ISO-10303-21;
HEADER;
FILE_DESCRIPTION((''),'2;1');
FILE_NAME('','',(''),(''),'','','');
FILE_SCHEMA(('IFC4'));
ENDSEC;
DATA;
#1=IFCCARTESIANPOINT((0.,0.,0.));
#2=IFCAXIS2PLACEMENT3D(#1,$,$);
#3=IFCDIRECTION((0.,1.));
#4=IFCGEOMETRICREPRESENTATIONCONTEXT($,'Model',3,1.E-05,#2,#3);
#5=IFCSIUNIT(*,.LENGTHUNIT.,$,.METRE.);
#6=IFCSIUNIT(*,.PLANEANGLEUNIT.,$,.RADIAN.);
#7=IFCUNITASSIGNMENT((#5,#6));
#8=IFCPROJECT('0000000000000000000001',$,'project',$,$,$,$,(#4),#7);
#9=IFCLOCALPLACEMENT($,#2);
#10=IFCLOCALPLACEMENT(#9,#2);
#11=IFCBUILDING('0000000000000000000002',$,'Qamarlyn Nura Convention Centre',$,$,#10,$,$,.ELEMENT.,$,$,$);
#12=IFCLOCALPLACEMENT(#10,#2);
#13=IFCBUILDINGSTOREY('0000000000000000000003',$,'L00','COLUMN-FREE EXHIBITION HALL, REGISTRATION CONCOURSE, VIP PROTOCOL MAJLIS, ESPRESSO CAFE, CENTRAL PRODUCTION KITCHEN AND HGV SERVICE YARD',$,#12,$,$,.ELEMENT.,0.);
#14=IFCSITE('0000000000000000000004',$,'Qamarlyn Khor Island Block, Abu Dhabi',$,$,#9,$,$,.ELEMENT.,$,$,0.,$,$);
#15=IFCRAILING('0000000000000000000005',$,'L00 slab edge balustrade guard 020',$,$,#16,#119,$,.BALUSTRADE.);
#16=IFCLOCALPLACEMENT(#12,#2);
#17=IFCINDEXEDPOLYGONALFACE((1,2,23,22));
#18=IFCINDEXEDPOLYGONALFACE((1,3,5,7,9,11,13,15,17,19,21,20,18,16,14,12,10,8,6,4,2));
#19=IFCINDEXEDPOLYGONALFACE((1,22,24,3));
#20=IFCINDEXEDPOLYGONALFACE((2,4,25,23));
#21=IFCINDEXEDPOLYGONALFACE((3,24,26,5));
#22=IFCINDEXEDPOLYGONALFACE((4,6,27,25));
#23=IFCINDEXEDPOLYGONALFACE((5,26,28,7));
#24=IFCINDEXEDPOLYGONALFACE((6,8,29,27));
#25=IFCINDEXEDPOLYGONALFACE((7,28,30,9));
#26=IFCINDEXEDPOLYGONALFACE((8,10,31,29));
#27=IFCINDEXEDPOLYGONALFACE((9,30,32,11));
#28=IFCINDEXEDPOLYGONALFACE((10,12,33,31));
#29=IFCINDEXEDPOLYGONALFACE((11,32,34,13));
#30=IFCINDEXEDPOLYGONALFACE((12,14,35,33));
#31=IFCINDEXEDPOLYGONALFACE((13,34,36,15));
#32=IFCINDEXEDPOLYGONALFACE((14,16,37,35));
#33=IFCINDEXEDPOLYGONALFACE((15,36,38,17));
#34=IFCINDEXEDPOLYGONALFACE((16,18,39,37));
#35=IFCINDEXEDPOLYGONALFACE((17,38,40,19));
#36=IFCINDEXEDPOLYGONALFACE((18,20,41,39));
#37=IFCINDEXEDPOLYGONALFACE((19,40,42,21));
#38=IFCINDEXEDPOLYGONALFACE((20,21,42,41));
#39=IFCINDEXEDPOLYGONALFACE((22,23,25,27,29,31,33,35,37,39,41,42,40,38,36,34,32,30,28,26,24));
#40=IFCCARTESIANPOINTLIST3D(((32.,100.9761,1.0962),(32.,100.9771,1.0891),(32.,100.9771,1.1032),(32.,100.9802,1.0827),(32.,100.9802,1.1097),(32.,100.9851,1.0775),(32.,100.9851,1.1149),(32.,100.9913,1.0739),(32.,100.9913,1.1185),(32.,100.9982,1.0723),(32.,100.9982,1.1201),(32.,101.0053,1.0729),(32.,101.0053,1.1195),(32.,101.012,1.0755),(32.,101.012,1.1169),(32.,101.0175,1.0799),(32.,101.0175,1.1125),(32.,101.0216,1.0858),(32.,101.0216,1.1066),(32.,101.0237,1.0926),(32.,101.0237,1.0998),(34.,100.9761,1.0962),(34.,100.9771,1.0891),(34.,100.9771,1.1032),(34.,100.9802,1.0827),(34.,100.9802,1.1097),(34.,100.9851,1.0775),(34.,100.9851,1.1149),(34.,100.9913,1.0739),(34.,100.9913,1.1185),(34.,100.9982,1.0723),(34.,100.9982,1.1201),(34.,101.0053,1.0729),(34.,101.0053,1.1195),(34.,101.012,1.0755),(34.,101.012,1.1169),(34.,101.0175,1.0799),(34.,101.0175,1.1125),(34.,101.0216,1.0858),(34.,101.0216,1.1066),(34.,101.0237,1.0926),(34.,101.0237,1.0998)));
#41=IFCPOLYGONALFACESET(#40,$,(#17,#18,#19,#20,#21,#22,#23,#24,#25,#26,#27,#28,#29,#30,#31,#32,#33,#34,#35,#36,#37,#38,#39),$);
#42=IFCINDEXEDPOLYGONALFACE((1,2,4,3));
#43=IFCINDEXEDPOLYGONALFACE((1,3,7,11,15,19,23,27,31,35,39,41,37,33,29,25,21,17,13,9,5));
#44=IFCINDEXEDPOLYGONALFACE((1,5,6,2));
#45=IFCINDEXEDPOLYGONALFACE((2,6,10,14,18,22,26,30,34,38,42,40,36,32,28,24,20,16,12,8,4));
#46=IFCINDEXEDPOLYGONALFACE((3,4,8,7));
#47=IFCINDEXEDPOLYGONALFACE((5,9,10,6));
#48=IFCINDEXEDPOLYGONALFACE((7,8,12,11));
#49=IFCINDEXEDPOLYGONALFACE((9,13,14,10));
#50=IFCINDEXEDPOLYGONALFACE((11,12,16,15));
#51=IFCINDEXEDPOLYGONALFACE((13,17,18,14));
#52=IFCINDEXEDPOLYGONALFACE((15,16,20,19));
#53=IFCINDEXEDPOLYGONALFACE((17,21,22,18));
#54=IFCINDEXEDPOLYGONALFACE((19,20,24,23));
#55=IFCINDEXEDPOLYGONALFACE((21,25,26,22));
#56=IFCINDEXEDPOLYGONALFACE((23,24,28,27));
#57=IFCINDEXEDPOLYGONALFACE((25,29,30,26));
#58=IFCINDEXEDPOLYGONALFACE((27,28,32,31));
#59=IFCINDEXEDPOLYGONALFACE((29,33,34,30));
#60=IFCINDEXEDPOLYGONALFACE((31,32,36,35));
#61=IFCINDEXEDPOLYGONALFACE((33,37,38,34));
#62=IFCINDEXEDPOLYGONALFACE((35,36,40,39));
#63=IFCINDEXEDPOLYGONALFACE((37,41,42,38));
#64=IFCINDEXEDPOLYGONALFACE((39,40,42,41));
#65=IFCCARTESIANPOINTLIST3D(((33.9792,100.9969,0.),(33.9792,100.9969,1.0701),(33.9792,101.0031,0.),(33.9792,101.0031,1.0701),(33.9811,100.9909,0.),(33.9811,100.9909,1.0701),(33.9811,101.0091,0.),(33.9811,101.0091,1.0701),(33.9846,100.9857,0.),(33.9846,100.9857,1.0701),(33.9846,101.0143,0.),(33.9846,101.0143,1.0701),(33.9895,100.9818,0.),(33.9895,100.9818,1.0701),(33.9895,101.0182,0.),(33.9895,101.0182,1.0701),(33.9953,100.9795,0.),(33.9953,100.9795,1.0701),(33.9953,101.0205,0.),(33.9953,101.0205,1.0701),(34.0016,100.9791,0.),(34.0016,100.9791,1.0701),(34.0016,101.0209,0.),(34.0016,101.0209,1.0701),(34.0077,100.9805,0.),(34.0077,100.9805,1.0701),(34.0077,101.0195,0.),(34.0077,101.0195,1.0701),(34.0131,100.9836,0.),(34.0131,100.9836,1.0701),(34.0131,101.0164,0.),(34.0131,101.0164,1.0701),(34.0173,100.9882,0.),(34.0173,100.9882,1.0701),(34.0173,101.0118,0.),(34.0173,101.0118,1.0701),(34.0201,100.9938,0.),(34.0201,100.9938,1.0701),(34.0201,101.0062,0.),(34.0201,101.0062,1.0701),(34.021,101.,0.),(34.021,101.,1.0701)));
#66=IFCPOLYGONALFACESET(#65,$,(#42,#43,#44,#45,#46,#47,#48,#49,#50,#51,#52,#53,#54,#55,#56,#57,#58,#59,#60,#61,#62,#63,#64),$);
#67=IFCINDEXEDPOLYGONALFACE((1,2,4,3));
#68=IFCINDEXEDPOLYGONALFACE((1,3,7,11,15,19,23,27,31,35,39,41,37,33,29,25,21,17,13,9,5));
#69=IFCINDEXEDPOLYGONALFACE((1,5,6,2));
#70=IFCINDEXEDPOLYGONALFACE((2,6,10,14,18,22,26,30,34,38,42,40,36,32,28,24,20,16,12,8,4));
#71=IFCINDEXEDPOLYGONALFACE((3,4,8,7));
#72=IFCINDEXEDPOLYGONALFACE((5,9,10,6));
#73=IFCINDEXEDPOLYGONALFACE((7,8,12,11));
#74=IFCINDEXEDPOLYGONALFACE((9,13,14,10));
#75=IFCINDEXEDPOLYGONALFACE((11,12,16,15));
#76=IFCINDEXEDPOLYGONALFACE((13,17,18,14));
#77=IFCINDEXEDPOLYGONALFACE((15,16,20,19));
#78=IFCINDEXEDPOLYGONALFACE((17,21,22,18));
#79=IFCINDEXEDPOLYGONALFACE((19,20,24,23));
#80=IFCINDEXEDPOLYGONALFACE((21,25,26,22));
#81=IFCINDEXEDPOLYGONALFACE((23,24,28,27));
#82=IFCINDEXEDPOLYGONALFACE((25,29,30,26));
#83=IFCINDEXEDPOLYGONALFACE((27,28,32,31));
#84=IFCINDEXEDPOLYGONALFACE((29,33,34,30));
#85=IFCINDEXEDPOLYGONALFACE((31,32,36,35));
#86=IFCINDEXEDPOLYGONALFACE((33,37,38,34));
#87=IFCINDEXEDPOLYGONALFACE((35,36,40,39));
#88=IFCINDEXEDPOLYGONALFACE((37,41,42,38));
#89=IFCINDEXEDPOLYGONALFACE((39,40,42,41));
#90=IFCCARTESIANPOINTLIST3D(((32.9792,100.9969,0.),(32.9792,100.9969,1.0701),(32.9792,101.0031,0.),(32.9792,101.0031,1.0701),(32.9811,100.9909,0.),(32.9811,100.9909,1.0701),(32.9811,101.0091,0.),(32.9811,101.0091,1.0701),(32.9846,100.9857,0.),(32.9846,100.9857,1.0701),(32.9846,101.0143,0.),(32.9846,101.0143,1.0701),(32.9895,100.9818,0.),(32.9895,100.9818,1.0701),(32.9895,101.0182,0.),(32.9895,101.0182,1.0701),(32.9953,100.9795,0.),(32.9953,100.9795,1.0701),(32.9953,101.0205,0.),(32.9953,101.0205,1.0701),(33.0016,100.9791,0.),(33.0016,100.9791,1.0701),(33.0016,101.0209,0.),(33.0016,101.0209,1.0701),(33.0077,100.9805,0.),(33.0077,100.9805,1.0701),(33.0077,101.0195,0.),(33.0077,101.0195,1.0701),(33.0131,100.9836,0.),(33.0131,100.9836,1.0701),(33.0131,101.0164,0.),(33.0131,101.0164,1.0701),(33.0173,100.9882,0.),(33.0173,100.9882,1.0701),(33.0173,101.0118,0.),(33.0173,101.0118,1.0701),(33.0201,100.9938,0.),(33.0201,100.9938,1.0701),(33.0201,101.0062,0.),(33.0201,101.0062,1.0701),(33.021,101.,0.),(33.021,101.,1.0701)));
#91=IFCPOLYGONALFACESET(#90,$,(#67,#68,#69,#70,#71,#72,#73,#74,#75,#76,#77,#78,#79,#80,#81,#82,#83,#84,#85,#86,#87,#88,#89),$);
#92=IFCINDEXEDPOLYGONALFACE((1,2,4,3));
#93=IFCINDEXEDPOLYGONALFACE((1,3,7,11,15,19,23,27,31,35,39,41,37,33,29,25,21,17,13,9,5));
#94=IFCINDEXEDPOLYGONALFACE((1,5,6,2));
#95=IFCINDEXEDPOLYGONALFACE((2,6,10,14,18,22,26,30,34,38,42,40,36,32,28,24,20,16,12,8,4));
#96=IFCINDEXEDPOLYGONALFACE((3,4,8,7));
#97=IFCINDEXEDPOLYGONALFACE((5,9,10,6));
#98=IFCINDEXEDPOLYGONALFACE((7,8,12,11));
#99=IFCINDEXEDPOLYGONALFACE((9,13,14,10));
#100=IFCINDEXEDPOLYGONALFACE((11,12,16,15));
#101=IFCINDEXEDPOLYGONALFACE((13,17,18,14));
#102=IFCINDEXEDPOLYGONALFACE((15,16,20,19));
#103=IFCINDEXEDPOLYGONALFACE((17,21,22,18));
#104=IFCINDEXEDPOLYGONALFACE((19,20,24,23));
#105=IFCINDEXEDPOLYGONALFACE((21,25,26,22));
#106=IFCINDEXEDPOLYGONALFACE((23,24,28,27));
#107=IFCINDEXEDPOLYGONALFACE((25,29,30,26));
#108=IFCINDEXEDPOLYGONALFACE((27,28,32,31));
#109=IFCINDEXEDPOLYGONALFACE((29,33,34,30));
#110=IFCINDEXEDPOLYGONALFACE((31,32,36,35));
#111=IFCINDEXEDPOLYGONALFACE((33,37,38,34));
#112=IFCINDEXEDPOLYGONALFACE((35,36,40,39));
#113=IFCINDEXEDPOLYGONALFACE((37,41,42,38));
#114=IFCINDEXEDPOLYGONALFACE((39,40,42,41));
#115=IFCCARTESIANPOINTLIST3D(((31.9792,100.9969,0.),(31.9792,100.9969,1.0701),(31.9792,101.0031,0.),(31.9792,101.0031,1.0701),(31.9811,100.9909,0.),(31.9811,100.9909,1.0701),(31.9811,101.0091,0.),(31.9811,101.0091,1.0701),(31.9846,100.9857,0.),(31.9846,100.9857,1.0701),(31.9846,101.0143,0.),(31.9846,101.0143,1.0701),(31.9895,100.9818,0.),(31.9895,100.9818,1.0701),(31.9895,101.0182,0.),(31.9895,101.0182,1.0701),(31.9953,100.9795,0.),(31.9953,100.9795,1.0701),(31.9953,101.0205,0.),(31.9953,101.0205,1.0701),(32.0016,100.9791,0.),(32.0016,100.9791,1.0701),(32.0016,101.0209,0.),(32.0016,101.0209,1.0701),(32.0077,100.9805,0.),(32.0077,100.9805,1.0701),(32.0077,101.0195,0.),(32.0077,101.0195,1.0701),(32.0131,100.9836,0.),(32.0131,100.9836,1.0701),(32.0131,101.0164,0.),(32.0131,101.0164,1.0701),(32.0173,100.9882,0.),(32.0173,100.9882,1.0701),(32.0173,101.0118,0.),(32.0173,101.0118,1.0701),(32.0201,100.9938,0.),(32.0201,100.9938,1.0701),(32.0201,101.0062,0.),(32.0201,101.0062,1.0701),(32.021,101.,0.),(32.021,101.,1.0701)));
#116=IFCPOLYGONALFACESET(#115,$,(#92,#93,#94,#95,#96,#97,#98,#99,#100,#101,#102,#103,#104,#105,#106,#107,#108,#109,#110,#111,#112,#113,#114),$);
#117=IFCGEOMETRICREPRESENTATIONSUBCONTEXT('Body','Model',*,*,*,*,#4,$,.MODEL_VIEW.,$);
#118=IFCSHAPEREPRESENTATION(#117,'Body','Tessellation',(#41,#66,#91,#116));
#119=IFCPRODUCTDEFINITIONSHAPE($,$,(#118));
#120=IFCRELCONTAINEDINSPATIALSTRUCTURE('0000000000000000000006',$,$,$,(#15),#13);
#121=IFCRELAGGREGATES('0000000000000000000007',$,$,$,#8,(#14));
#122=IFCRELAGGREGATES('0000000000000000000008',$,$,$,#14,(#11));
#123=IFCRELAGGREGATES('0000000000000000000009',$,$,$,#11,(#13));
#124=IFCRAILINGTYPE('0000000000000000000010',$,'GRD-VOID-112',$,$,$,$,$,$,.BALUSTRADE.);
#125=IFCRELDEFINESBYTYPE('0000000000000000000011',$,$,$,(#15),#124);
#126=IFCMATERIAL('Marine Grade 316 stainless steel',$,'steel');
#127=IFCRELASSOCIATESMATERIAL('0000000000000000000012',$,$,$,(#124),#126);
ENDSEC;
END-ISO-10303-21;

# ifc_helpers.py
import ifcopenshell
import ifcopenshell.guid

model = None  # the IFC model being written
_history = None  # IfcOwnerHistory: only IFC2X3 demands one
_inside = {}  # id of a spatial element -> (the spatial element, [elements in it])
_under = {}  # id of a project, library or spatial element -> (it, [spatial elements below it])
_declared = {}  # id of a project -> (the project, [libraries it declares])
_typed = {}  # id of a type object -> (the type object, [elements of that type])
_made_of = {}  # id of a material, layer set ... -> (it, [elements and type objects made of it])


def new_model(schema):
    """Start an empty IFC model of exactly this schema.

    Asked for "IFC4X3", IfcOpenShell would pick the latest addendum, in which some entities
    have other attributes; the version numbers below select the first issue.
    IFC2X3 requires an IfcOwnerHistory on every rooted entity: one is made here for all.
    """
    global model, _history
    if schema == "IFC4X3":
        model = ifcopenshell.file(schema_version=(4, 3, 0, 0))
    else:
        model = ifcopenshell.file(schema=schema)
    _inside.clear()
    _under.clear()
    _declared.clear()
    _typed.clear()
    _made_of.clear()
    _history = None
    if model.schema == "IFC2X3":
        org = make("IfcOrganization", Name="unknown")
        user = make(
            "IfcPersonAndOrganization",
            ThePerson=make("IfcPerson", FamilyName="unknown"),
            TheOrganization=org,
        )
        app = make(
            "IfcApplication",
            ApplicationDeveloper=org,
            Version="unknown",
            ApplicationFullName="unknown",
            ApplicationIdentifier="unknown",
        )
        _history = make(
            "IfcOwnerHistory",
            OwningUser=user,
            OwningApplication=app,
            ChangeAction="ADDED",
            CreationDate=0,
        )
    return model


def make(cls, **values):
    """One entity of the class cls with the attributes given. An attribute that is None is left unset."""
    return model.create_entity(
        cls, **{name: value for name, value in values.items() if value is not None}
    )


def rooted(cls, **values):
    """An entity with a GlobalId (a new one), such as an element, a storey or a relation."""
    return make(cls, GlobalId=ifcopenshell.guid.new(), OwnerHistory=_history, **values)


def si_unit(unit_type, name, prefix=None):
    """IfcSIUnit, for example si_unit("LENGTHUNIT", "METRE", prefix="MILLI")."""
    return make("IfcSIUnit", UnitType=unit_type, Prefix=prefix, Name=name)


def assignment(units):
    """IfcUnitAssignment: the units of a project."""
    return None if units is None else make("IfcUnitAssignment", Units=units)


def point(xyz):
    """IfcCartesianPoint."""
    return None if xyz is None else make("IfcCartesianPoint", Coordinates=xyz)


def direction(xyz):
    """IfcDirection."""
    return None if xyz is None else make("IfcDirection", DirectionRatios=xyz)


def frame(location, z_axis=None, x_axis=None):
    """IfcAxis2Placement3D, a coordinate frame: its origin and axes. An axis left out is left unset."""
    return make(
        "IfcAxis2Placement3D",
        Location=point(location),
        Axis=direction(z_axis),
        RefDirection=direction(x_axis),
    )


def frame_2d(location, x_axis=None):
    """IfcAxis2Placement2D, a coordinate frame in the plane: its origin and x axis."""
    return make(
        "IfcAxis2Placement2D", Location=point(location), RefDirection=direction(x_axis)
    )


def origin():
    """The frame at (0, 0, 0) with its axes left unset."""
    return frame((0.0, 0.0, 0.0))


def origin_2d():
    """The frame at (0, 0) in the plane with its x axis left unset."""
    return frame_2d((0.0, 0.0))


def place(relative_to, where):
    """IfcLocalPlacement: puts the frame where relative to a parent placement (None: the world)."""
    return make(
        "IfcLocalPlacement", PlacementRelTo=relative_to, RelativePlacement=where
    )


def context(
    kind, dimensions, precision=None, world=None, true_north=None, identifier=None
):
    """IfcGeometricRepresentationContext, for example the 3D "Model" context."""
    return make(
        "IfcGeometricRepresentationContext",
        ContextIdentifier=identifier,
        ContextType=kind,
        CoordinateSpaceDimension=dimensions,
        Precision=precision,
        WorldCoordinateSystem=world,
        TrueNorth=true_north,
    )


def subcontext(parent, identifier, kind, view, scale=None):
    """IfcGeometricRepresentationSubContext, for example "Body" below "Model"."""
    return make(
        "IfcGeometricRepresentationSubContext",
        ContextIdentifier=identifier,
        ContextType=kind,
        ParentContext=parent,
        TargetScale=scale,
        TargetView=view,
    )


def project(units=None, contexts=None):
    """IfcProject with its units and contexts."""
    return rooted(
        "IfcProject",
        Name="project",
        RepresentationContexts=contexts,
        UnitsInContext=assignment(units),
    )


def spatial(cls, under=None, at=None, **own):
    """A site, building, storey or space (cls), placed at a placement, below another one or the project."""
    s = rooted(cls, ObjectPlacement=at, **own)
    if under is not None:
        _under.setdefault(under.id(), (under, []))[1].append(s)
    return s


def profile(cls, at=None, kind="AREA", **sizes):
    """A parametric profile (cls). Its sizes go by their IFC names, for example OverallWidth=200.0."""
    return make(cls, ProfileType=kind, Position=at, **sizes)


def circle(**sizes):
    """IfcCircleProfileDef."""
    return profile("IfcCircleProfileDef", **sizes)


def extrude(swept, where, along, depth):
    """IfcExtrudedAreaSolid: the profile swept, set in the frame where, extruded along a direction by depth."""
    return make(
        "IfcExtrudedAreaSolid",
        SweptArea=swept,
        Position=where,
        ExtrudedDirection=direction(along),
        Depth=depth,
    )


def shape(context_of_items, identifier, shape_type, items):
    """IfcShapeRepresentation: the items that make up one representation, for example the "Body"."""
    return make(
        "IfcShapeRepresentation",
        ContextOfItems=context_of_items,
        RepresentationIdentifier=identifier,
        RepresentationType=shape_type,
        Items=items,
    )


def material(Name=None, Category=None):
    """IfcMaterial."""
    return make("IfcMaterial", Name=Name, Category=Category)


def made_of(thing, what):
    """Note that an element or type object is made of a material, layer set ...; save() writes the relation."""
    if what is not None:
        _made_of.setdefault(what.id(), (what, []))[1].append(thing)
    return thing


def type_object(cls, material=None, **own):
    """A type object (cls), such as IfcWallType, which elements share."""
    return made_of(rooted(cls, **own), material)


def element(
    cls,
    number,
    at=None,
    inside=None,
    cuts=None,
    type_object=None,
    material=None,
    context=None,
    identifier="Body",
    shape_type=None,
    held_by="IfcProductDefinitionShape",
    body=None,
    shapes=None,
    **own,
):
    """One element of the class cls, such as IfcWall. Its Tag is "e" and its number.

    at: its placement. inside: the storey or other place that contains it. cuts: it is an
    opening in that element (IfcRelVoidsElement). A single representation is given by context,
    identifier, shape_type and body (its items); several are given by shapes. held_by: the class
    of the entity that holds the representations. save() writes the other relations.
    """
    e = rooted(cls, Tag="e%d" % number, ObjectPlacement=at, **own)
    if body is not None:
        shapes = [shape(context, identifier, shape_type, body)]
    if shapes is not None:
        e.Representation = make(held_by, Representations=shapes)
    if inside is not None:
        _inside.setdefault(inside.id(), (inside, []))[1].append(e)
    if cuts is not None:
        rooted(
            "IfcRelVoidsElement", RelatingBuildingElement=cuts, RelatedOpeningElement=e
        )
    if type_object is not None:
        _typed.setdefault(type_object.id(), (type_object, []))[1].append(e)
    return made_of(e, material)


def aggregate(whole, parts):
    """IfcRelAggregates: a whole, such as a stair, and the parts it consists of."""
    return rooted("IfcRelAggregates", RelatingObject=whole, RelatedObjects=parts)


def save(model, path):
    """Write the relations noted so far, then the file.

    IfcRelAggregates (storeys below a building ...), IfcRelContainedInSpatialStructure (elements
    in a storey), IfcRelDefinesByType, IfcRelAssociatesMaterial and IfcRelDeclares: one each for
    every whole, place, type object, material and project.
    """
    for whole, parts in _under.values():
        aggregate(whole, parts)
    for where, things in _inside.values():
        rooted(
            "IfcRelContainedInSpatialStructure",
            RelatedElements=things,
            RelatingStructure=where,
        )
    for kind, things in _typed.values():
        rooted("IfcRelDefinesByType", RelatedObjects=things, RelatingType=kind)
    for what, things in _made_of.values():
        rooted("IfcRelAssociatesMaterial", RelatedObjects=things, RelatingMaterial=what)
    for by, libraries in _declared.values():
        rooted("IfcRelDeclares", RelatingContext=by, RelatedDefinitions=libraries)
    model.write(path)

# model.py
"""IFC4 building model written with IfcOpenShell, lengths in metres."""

from ifc_helpers import new_model, si_unit, direction, frame, origin, origin_2d, place, context, subcontext, project, spatial, circle, extrude, material, type_object, element, save


model = new_model("IFC4")

# Units and contexts
model_context = context("Model", 3, precision=1e-05, world=origin(), true_north=direction((0.0, 1.0)))
body_context = subcontext(model_context, "Body", "Model", "MODEL_VIEW")
ifc_project = project(units=[si_unit("LENGTHUNIT", "METRE"), si_unit("PLANEANGLEUNIT", "RADIAN")], contexts=[model_context])

# Site, building, storey
site_placement = place(None, origin())
site = spatial("IfcSite", under=ifc_project, at=site_placement, Name="Qamarlyn Khor Island Block, Abu Dhabi", CompositionType="ELEMENT", RefElevation=0.0)
building_placement = place(site_placement, origin())
building = spatial("IfcBuilding", under=site, at=building_placement, Name="Qamarlyn Nura Convention Centre", CompositionType="ELEMENT")
storey_placement = place(building_placement, origin())
storey = spatial("IfcBuildingStorey", under=building, at=storey_placement, Name="L00", Description="COLUMN-FREE EXHIBITION HALL, REGISTRATION CONCOURSE, VIP PROTOCOL MAJLIS, ESPRESSO CAFE, CENTRAL PRODUCTION KITCHEN AND HGV SERVICE YARD", CompositionType="ELEMENT", Elevation=0.0)

# Railing
ifc_material_1 = material(Name="Marine Grade 316 stainless steel", Category="steel")
railing_type_1 = type_object("IfcRailingType", Name="GRD-VOID-112", PredefinedType="BALUSTRADE", material=ifc_material_1)
railing_1_placement = place(storey_placement, frame((34.0, 101.0, 0.0)))
element("IfcRailing", 1, at=railing_1_placement, inside=storey, type_object=railing_type_1, Name="L00 slab edge balustrade guard 020", PredefinedType="BALUSTRADE", context=body_context, shape_type="SweptSolid", body=[
    extrude(circle(Radius=0.0239, at=origin_2d()), frame((0.0, 0.0, 1.0962), z_axis=(-1.0, 0.0, 0.0), x_axis=(0.0, -1.0, 0.0)), (0.0, 0.0, 1.0), 2.0),
    extrude(circle(Radius=0.021, at=origin_2d()), origin(), (0.0, 0.0, 1.0), 1.0701),
    extrude(circle(Radius=0.021, at=origin_2d()), frame((-1.0, 0.0, 0.0)), (0.0, 0.0, 1.0), 1.0701),
    extrude(circle(Radius=0.021, at=origin_2d()), frame((-2.0, 0.0, 0.0)), (0.0, 0.0, 1.0), 1.0701),
])

save(model, "model.ifc")
